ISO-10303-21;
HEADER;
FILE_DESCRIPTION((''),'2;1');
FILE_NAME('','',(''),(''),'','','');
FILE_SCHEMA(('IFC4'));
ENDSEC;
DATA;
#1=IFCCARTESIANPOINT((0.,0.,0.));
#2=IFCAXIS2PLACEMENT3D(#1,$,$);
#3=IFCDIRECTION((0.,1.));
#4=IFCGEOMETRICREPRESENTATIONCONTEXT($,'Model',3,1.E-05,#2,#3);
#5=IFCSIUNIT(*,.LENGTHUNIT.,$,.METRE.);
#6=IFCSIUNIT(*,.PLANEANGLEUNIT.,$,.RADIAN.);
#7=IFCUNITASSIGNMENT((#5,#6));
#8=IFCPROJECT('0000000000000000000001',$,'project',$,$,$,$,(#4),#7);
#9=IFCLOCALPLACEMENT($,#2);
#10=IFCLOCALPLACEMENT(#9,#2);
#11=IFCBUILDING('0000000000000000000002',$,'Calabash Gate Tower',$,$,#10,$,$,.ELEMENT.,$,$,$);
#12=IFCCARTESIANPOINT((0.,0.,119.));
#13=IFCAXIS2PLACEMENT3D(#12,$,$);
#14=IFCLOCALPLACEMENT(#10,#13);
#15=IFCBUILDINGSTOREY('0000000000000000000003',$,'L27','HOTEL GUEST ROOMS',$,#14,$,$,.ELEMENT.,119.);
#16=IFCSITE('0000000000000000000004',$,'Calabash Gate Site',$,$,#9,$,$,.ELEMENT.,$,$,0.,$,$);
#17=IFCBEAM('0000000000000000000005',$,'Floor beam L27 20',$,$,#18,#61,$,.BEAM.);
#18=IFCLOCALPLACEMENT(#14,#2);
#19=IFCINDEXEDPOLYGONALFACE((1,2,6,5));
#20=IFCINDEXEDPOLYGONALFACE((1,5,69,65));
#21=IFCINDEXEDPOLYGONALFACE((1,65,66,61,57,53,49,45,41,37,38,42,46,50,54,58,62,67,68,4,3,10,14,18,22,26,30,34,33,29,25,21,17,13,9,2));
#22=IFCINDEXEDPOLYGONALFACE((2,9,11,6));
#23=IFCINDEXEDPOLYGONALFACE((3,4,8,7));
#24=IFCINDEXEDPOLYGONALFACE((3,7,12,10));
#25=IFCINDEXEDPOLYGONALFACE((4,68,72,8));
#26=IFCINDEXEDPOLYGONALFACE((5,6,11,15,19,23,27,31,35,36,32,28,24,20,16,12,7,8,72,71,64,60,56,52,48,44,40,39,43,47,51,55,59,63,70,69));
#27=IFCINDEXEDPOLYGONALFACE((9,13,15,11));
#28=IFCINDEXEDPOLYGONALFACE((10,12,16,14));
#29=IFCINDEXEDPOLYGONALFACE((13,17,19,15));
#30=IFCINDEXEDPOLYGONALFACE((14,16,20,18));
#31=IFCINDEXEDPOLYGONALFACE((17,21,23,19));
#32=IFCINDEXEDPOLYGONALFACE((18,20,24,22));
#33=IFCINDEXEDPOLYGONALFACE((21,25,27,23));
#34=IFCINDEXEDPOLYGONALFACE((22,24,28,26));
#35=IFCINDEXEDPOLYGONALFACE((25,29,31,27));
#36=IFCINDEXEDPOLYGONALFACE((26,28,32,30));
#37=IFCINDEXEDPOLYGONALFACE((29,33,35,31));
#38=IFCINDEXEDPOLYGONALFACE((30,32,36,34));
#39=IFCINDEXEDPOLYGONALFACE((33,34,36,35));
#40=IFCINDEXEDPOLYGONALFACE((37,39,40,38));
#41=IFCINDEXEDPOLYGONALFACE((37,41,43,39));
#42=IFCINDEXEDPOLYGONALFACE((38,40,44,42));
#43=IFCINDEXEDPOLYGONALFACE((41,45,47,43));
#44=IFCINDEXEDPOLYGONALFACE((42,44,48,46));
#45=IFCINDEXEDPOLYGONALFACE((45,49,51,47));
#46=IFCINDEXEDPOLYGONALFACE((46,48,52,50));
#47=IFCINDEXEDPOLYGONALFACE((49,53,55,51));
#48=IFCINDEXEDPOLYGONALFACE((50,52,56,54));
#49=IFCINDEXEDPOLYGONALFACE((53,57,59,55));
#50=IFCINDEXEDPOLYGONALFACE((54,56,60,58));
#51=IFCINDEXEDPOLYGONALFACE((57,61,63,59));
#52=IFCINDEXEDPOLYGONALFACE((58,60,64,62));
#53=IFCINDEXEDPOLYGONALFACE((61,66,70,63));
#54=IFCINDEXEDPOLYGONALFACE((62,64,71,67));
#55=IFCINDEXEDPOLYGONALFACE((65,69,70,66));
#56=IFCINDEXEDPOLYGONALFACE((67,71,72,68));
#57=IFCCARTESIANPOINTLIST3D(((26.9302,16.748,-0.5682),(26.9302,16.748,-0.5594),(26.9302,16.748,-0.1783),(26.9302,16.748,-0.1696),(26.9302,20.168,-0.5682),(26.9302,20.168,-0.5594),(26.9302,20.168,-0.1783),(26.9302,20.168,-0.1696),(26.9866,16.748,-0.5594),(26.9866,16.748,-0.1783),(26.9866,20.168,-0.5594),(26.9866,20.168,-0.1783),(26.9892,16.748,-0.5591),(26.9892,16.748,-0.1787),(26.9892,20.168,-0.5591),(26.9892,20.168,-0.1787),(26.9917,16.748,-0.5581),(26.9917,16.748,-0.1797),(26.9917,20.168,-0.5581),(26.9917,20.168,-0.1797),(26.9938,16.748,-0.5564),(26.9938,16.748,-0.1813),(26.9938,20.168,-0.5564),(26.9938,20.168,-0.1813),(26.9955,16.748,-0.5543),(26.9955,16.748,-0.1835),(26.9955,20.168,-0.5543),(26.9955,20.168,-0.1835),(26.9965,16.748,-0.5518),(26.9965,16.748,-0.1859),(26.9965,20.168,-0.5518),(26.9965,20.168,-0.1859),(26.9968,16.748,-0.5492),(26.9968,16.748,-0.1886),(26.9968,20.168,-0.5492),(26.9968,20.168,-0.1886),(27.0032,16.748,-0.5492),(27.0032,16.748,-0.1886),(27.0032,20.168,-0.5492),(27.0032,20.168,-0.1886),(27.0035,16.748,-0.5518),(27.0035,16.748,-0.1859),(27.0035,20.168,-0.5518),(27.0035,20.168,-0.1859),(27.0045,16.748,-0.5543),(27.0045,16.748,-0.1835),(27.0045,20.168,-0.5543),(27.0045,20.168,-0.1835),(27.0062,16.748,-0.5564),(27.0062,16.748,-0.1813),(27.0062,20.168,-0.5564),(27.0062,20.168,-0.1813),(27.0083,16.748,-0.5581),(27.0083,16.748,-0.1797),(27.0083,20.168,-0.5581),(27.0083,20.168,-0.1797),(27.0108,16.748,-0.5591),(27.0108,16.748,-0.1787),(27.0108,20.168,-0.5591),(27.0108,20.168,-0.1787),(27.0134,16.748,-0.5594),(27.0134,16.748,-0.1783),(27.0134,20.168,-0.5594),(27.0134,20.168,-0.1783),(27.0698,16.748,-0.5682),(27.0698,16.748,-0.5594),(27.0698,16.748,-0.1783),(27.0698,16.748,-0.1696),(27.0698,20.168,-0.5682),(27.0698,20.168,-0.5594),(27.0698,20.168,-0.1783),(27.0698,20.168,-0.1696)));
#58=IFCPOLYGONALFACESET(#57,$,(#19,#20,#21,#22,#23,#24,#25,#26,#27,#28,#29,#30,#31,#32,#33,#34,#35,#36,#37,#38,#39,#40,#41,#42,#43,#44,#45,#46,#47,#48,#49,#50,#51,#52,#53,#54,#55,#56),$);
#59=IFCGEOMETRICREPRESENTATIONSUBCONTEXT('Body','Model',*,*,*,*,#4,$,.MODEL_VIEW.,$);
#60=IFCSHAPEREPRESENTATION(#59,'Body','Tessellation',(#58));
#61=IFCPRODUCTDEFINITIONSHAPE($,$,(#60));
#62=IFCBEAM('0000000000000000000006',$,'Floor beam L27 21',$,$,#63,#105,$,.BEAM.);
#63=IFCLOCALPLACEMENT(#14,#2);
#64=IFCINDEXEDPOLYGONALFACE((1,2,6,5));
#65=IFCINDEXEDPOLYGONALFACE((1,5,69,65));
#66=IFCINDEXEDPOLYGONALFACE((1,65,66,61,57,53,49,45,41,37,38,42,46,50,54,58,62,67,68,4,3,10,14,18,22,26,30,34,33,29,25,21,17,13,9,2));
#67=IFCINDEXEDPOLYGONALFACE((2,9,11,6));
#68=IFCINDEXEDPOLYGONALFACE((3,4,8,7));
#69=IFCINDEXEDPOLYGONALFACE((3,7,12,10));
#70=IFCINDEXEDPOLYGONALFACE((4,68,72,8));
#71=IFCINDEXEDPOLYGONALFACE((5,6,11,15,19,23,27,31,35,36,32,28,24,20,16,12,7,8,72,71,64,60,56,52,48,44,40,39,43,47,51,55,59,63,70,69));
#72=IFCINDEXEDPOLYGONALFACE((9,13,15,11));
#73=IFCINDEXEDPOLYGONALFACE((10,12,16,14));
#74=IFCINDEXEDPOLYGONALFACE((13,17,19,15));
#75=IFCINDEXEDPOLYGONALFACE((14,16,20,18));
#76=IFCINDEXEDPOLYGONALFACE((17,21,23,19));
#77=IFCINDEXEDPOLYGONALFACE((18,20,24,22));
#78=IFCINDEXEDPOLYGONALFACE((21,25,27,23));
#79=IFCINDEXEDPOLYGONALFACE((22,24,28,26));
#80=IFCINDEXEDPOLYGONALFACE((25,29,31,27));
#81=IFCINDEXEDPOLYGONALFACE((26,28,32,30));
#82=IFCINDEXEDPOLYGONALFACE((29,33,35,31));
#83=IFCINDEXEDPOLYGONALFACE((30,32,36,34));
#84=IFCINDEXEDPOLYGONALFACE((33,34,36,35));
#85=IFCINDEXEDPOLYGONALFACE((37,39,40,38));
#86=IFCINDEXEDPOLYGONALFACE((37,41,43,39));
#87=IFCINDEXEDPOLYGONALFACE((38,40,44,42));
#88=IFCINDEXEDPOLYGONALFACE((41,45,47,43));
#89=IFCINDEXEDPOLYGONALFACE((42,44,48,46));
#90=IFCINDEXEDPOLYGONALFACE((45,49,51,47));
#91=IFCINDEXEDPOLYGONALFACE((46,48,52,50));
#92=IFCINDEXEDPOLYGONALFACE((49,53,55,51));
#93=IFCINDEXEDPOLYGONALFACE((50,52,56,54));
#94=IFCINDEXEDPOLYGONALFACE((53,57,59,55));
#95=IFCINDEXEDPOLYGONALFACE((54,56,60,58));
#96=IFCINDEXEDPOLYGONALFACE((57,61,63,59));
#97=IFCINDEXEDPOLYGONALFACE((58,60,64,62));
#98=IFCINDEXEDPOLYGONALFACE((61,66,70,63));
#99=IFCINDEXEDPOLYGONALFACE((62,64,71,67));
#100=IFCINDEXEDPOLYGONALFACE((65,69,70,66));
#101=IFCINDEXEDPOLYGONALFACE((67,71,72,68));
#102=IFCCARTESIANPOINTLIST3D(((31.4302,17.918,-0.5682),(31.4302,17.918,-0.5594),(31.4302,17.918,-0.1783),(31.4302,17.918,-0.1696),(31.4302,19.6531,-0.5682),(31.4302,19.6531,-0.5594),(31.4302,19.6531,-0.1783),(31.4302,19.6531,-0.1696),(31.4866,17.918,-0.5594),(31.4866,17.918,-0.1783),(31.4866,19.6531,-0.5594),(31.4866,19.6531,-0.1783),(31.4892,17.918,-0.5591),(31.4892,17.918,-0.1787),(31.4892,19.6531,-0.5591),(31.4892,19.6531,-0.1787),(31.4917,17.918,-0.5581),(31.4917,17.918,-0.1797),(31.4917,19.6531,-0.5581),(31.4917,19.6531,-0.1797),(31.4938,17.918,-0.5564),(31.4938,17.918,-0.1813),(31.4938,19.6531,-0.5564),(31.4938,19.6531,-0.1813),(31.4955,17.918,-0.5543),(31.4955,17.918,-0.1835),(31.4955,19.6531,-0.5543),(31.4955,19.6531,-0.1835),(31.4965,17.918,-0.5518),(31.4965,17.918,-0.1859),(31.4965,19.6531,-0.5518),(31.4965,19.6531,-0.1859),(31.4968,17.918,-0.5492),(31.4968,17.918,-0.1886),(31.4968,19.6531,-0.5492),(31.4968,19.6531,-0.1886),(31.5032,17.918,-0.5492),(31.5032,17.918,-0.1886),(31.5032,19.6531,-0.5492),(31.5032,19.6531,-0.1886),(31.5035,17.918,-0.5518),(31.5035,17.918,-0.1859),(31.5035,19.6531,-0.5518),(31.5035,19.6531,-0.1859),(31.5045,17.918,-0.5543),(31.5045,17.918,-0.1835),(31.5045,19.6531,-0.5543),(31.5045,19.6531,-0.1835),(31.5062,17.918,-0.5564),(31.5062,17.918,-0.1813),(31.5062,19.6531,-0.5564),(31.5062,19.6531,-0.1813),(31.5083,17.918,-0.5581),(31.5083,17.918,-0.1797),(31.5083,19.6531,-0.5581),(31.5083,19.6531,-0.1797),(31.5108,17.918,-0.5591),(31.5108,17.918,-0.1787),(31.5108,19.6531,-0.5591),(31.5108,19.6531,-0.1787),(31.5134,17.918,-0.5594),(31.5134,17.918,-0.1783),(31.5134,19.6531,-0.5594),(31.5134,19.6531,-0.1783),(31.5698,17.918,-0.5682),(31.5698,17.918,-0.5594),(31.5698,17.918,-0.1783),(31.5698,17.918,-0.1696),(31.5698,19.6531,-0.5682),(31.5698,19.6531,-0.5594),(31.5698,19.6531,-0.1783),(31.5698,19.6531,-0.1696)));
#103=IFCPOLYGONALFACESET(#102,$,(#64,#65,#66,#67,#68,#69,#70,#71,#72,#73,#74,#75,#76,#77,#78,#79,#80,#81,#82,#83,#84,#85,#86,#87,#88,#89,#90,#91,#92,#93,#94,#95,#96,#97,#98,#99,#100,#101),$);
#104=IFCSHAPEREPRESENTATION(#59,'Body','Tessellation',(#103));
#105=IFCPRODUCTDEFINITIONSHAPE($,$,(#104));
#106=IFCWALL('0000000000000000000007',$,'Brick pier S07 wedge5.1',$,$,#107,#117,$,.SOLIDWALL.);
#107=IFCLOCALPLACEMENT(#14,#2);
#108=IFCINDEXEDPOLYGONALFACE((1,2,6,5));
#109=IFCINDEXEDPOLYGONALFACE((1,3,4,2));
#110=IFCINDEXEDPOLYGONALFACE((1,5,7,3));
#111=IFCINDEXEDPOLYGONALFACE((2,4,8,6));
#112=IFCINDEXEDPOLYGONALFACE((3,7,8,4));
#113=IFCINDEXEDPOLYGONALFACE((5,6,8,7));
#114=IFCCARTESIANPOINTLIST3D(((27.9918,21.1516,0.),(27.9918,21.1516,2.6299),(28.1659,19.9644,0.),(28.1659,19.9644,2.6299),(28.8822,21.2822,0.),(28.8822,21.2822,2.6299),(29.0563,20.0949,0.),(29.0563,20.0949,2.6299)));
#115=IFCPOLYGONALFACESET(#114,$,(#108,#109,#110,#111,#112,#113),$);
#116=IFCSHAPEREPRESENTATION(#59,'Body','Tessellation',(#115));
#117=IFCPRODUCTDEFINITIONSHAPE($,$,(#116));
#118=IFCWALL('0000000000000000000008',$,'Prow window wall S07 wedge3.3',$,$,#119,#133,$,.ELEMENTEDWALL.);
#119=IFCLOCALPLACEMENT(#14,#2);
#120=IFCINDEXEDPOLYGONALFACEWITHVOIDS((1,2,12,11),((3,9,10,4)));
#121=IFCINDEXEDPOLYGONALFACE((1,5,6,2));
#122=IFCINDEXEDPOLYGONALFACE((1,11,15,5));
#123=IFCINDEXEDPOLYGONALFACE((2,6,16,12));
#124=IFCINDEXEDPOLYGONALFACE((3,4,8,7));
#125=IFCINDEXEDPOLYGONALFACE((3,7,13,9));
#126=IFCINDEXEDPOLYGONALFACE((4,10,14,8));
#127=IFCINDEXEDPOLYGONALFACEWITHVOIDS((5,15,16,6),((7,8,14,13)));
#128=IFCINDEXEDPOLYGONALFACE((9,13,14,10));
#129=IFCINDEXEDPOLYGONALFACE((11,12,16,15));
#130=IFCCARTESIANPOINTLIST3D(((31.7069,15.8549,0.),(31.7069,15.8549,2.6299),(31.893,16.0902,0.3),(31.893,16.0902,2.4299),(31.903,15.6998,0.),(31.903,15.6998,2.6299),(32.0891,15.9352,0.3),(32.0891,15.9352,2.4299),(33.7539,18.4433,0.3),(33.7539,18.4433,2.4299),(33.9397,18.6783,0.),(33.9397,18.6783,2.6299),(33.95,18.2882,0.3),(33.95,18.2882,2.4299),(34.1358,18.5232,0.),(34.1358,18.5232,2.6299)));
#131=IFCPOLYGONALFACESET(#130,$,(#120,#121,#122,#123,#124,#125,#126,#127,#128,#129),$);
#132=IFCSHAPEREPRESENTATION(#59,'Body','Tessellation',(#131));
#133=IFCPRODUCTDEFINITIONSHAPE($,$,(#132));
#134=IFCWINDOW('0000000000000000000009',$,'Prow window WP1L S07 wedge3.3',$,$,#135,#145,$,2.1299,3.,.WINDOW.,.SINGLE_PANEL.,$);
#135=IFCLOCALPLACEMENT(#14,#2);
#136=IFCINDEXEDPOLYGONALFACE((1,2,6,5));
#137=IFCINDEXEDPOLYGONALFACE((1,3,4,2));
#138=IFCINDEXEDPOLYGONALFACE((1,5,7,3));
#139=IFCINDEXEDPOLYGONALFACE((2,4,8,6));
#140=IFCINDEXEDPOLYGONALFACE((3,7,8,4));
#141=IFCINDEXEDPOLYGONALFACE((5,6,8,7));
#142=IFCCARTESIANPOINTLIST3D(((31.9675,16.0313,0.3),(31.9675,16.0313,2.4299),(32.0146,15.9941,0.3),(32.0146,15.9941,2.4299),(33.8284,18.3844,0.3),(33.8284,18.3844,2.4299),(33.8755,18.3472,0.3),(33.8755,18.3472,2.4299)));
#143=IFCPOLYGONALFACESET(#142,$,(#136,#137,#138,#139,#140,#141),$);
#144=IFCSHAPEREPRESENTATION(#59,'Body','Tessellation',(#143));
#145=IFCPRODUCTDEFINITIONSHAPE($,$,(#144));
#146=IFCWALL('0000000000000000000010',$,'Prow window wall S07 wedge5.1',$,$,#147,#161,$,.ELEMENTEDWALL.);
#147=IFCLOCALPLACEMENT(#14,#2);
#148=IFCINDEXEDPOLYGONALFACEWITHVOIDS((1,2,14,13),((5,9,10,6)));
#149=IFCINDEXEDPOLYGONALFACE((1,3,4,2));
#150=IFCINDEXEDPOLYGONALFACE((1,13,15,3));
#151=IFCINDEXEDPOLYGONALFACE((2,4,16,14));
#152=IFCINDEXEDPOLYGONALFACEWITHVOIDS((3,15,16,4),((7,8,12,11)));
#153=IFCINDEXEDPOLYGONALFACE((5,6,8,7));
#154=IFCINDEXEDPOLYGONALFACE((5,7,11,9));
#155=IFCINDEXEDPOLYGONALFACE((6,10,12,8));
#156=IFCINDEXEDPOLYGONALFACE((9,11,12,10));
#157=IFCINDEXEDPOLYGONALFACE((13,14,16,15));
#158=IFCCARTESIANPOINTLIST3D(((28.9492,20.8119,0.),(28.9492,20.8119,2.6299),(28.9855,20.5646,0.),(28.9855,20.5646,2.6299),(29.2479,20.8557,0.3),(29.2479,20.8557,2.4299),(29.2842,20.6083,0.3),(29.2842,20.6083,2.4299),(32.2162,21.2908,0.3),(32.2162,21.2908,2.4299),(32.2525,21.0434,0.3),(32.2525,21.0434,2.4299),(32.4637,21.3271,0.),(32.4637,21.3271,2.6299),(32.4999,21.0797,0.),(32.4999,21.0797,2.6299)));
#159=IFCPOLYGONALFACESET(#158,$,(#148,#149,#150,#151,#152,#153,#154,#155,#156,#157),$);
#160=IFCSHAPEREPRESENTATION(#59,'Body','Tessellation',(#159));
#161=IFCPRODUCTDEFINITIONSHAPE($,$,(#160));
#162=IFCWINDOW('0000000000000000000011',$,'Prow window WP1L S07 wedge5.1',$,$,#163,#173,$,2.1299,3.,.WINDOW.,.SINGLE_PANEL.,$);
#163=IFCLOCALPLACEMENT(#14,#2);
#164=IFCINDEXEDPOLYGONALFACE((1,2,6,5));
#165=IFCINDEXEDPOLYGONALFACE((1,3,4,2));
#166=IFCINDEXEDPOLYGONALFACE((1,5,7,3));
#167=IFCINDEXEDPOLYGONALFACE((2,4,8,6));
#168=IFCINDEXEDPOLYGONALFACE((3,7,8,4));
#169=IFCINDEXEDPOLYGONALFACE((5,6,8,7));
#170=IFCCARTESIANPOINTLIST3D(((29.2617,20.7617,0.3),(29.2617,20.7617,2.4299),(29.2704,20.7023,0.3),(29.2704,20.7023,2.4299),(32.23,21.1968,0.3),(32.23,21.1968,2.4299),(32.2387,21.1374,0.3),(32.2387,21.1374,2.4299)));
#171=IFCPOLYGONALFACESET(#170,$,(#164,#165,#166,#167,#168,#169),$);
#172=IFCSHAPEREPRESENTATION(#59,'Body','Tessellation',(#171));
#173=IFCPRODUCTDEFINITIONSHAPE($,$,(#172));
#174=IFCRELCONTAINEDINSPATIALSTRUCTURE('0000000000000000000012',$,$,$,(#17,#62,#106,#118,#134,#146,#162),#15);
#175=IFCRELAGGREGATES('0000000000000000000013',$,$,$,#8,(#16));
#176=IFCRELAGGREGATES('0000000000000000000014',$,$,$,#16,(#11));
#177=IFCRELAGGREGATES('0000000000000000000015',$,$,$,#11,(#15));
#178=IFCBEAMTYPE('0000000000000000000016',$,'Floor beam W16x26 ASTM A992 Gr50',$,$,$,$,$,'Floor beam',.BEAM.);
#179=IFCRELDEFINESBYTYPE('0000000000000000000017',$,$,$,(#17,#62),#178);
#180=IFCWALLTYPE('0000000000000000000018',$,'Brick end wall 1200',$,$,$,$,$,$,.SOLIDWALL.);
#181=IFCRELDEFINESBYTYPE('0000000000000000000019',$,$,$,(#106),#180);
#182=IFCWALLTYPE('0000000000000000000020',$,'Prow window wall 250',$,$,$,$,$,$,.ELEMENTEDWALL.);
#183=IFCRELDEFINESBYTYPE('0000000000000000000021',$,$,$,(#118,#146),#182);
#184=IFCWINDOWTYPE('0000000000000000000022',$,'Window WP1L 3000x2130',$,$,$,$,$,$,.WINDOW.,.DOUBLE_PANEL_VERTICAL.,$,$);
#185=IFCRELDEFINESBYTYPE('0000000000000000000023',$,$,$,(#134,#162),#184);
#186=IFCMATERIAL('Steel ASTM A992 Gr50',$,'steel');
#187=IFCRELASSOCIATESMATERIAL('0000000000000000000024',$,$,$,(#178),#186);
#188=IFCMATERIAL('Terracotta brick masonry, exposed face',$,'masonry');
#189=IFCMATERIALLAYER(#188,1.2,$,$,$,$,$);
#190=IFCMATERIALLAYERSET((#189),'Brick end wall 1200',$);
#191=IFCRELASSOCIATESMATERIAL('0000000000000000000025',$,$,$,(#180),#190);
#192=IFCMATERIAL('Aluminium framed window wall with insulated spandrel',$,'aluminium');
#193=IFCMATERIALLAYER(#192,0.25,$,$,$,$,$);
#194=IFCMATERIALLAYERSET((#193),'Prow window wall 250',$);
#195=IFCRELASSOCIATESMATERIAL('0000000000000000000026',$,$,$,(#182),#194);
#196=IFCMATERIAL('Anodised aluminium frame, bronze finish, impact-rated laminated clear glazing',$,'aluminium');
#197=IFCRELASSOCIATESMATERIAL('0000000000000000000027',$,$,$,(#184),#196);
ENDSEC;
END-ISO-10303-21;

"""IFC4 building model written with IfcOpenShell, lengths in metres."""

from ifc_helpers import new_model, si_unit, direction, frame, frame_2d, origin, origin_2d, place, context, subcontext, project, spatial, rectangle, i_section, extrude, material, layer, layer_set, material_profile, profile_set, type_object, element, fill, save


model = new_model("IFC4")

# Units and contexts
model_context = context("Model", 3, precision=1e-05, world=origin(), true_north=direction((0.0, 1.0)))
body_context = subcontext(model_context, "Body", "Model", "MODEL_VIEW")
ifc_project = project(units=[si_unit("LENGTHUNIT", "METRE"), si_unit("PLANEANGLEUNIT", "RADIAN")], contexts=[model_context])

# Site, building, storey
site_placement = place(None, origin())
site = spatial("IfcSite", under=ifc_project, at=site_placement, Name="Calabash Gate Site", CompositionType="ELEMENT", RefElevation=0.0)
building_placement = place(site_placement, origin())
building = spatial("IfcBuilding", under=site, at=building_placement, Name="Calabash Gate Tower", CompositionType="ELEMENT")
storey_placement = place(building_placement, frame((0.0, 0.0, 119.0)))
storey = spatial("IfcBuildingStorey", under=building, at=storey_placement, Name="L27", Description="HOTEL GUEST ROOMS", CompositionType="ELEMENT", Elevation=119.0)

# Beams
ifc_material_1 = material(Name="Steel ASTM A992 Gr50", Category="steel")
ifc_material_profile_1 = material_profile(ifc_material_1, i_section(OverallWidth=0.1396, OverallDepth=0.3987, WebThickness=0.0063, FlangeThickness=0.0088, FilletRadius=0.0103, at=origin_2d()))
ifc_profile_set_1 = profile_set([ifc_material_profile_1], Name="Steel ASTM A992 Gr50")
beam_type_1 = type_object("IfcBeamType", Name="Floor beam W16x26 ASTM A992 Gr50", ElementType="Floor beam", PredefinedType="BEAM", material=ifc_profile_set_1)
beam_1_placement = place(storey_placement, frame((27.0, 16.748, -0.3689), z_axis=(0.0, 1.0, 0.0), x_axis=(-1.0, 0.0, 0.0)))
element("IfcBeam", 1, at=beam_1_placement, inside=storey, type_object=beam_type_1, Name="Floor beam L27 20", PredefinedType="BEAM", context=body_context, shape_type="SweptSolid", body=[
    extrude(i_section(OverallWidth=0.1396, OverallDepth=0.3987, WebThickness=0.0063, FlangeThickness=0.0088, FilletRadius=0.0103, at=origin_2d()), origin(), (0.0, 0.0, 1.0), 3.4199),
])
beam_2_placement = place(storey_placement, frame((31.5, 17.918, -0.3689), z_axis=(0.0, 1.0, 0.0), x_axis=(-1.0, 0.0, 0.0)))
element("IfcBeam", 2, at=beam_2_placement, inside=storey, type_object=beam_type_1, Name="Floor beam L27 21", PredefinedType="BEAM", context=body_context, shape_type="SweptSolid", body=[
    extrude(i_section(OverallWidth=0.1396, OverallDepth=0.3987, WebThickness=0.0063, FlangeThickness=0.0088, FilletRadius=0.0103, at=origin_2d()), origin(), (0.0, 0.0, 1.0), 1.7351),
])

# Wall
ifc_material_2 = material(Name="Terracotta brick masonry, exposed face", Category="masonry")
ifc_layer_1 = layer(ifc_material_2, 1.2)
ifc_layer_set_1 = layer_set([ifc_layer_1], Name="Brick end wall 1200")
wall_type_1 = type_object("IfcWallType", Name="Brick end wall 1200", PredefinedType="SOLIDWALL", material=ifc_layer_set_1)
wall_1_placement = place(storey_placement, frame((28.437, 21.217, 0.0), z_axis=(0.0, 0.0, 1.0), x_axis=(0.145066, -0.989422, 0.0)))
element("IfcWall", 3, at=wall_1_placement, inside=storey, type_object=wall_type_1, Name="Brick pier S07 wedge5.1", PredefinedType="SOLIDWALL", context=body_context, shape_type="SweptSolid", body=[
    extrude(rectangle(XDim=1.2, YDim=0.8999, at=frame_2d((0.6001, 0.0))), origin(), (0.0, 0.0, 1.0), 2.6299),
])

# Walls, openings, windows
ifc_material_3 = material(Name="Aluminium framed window wall with insulated spandrel", Category="aluminium")
ifc_layer_2 = layer(ifc_material_3, 0.25)
ifc_layer_set_2 = layer_set([ifc_layer_2], Name="Prow window wall 250")
wall_type_2 = type_object("IfcWallType", Name="Prow window wall 250", PredefinedType="ELEMENTEDWALL", material=ifc_layer_set_2)
wall_2_placement = place(storey_placement, frame((31.8049, 15.7773, 0.0), z_axis=(0.0, 0.0, 1.0), x_axis=(0.620302, 0.784363, 0.0)))
wall_2 = element("IfcWall", 4, at=wall_2_placement, inside=storey, type_object=wall_type_2, Name="Prow window wall S07 wedge3.3", PredefinedType="ELEMENTEDWALL", context=body_context, shape_type="SweptSolid", body=[
    extrude(rectangle(XDim=3.5996, YDim=0.25, at=frame_2d((1.7998, 0.0))), origin(), (0.0, 0.0, 1.0), 2.6299),
])
opening_1_placement = place(wall_2_placement, frame((0.3, 0.0, 0.3)))
opening_1 = element("IfcOpeningElement", 5, at=opening_1_placement, cuts=wall_2, PredefinedType="OPENING", context=body_context, shape_type="SweptSolid", body=[
    extrude(rectangle(XDim=3.0, YDim=2.1299, at=frame_2d((1.5, 1.0649))), frame((0.0, 0.135, 0.0), z_axis=(0.0, -1.0, 0.0), x_axis=(1.0, 0.0, 0.0)), (0.0, 0.0, 1.0), 0.27),
])
ifc_material_4 = material(Name="Anodised aluminium frame, bronze finish, impact-rated laminated clear glazing", Category="aluminium")
window_type_1 = type_object("IfcWindowType", Name="Window WP1L 3000x2130", PartitioningType="DOUBLE_PANEL_VERTICAL", PredefinedType="WINDOW", material=ifc_material_4)
window_1_placement = place(opening_1_placement, origin())
window_1 = element("IfcWindow", 6, at=window_1_placement, inside=storey, type_object=window_type_1, Name="Prow window WP1L S07 wedge3.3", OverallHeight=2.1299, OverallWidth=3.0, PartitioningType="SINGLE_PANEL", PredefinedType="WINDOW", context=body_context, shape_type="SweptSolid", body=[
    extrude(rectangle(XDim=3.0, YDim=2.1299, at=frame_2d((1.5, 1.0649))), frame((0.0, 0.03, 0.0), z_axis=(0.0, -1.0, 0.0), x_axis=(1.0, 0.0, 0.0)), (0.0, 0.0, 1.0), 0.0601),
])
fill(opening_1, window_1)
wall_3_placement = place(storey_placement, frame((32.4817, 21.2034, 0.0), z_axis=(0.0, 0.0, 1.0), x_axis=(-0.989427, -0.145029, 0.0)))
wall_3 = element("IfcWall", 7, at=wall_3_placement, inside=storey, type_object=wall_type_2, Name="Prow window wall S07 wedge5.1", PredefinedType="ELEMENTEDWALL", context=body_context, shape_type="SweptSolid", body=[
    extrude(rectangle(XDim=3.552, YDim=0.25, at=frame_2d((1.7759, 0.0))), origin(), (0.0, 0.0, 1.0), 2.6299),
])
opening_2_placement = place(wall_3_placement, frame((0.25, 0.0, 0.3)))
opening_2 = element("IfcOpeningElement", 8, at=opening_2_placement, cuts=wall_3, PredefinedType="OPENING", context=body_context, shape_type="SweptSolid", body=[
    extrude(rectangle(XDim=3.0, YDim=2.1299, at=frame_2d((1.5, 1.0649))), frame((0.0, 0.135, 0.0), z_axis=(0.0, -1.0, 0.0), x_axis=(1.0, 0.0, 0.0)), (0.0, 0.0, 1.0), 0.27),
])
window_2_placement = place(opening_2_placement, origin())
window_2 = element("IfcWindow", 9, at=window_2_placement, inside=storey, type_object=window_type_1, Name="Prow window WP1L S07 wedge5.1", OverallHeight=2.1299, OverallWidth=3.0, PartitioningType="SINGLE_PANEL", PredefinedType="WINDOW", context=body_context, shape_type="SweptSolid", body=[
    extrude(rectangle(XDim=3.0, YDim=2.1299, at=frame_2d((1.5, 1.0649))), frame((0.0, 0.03, 0.0), z_axis=(0.0, -1.0, 0.0), x_axis=(1.0, 0.0, 0.0)), (0.0, 0.0, 1.0), 0.0601),
])
fill(opening_2, window_2)

save(model, "model.ifc")
